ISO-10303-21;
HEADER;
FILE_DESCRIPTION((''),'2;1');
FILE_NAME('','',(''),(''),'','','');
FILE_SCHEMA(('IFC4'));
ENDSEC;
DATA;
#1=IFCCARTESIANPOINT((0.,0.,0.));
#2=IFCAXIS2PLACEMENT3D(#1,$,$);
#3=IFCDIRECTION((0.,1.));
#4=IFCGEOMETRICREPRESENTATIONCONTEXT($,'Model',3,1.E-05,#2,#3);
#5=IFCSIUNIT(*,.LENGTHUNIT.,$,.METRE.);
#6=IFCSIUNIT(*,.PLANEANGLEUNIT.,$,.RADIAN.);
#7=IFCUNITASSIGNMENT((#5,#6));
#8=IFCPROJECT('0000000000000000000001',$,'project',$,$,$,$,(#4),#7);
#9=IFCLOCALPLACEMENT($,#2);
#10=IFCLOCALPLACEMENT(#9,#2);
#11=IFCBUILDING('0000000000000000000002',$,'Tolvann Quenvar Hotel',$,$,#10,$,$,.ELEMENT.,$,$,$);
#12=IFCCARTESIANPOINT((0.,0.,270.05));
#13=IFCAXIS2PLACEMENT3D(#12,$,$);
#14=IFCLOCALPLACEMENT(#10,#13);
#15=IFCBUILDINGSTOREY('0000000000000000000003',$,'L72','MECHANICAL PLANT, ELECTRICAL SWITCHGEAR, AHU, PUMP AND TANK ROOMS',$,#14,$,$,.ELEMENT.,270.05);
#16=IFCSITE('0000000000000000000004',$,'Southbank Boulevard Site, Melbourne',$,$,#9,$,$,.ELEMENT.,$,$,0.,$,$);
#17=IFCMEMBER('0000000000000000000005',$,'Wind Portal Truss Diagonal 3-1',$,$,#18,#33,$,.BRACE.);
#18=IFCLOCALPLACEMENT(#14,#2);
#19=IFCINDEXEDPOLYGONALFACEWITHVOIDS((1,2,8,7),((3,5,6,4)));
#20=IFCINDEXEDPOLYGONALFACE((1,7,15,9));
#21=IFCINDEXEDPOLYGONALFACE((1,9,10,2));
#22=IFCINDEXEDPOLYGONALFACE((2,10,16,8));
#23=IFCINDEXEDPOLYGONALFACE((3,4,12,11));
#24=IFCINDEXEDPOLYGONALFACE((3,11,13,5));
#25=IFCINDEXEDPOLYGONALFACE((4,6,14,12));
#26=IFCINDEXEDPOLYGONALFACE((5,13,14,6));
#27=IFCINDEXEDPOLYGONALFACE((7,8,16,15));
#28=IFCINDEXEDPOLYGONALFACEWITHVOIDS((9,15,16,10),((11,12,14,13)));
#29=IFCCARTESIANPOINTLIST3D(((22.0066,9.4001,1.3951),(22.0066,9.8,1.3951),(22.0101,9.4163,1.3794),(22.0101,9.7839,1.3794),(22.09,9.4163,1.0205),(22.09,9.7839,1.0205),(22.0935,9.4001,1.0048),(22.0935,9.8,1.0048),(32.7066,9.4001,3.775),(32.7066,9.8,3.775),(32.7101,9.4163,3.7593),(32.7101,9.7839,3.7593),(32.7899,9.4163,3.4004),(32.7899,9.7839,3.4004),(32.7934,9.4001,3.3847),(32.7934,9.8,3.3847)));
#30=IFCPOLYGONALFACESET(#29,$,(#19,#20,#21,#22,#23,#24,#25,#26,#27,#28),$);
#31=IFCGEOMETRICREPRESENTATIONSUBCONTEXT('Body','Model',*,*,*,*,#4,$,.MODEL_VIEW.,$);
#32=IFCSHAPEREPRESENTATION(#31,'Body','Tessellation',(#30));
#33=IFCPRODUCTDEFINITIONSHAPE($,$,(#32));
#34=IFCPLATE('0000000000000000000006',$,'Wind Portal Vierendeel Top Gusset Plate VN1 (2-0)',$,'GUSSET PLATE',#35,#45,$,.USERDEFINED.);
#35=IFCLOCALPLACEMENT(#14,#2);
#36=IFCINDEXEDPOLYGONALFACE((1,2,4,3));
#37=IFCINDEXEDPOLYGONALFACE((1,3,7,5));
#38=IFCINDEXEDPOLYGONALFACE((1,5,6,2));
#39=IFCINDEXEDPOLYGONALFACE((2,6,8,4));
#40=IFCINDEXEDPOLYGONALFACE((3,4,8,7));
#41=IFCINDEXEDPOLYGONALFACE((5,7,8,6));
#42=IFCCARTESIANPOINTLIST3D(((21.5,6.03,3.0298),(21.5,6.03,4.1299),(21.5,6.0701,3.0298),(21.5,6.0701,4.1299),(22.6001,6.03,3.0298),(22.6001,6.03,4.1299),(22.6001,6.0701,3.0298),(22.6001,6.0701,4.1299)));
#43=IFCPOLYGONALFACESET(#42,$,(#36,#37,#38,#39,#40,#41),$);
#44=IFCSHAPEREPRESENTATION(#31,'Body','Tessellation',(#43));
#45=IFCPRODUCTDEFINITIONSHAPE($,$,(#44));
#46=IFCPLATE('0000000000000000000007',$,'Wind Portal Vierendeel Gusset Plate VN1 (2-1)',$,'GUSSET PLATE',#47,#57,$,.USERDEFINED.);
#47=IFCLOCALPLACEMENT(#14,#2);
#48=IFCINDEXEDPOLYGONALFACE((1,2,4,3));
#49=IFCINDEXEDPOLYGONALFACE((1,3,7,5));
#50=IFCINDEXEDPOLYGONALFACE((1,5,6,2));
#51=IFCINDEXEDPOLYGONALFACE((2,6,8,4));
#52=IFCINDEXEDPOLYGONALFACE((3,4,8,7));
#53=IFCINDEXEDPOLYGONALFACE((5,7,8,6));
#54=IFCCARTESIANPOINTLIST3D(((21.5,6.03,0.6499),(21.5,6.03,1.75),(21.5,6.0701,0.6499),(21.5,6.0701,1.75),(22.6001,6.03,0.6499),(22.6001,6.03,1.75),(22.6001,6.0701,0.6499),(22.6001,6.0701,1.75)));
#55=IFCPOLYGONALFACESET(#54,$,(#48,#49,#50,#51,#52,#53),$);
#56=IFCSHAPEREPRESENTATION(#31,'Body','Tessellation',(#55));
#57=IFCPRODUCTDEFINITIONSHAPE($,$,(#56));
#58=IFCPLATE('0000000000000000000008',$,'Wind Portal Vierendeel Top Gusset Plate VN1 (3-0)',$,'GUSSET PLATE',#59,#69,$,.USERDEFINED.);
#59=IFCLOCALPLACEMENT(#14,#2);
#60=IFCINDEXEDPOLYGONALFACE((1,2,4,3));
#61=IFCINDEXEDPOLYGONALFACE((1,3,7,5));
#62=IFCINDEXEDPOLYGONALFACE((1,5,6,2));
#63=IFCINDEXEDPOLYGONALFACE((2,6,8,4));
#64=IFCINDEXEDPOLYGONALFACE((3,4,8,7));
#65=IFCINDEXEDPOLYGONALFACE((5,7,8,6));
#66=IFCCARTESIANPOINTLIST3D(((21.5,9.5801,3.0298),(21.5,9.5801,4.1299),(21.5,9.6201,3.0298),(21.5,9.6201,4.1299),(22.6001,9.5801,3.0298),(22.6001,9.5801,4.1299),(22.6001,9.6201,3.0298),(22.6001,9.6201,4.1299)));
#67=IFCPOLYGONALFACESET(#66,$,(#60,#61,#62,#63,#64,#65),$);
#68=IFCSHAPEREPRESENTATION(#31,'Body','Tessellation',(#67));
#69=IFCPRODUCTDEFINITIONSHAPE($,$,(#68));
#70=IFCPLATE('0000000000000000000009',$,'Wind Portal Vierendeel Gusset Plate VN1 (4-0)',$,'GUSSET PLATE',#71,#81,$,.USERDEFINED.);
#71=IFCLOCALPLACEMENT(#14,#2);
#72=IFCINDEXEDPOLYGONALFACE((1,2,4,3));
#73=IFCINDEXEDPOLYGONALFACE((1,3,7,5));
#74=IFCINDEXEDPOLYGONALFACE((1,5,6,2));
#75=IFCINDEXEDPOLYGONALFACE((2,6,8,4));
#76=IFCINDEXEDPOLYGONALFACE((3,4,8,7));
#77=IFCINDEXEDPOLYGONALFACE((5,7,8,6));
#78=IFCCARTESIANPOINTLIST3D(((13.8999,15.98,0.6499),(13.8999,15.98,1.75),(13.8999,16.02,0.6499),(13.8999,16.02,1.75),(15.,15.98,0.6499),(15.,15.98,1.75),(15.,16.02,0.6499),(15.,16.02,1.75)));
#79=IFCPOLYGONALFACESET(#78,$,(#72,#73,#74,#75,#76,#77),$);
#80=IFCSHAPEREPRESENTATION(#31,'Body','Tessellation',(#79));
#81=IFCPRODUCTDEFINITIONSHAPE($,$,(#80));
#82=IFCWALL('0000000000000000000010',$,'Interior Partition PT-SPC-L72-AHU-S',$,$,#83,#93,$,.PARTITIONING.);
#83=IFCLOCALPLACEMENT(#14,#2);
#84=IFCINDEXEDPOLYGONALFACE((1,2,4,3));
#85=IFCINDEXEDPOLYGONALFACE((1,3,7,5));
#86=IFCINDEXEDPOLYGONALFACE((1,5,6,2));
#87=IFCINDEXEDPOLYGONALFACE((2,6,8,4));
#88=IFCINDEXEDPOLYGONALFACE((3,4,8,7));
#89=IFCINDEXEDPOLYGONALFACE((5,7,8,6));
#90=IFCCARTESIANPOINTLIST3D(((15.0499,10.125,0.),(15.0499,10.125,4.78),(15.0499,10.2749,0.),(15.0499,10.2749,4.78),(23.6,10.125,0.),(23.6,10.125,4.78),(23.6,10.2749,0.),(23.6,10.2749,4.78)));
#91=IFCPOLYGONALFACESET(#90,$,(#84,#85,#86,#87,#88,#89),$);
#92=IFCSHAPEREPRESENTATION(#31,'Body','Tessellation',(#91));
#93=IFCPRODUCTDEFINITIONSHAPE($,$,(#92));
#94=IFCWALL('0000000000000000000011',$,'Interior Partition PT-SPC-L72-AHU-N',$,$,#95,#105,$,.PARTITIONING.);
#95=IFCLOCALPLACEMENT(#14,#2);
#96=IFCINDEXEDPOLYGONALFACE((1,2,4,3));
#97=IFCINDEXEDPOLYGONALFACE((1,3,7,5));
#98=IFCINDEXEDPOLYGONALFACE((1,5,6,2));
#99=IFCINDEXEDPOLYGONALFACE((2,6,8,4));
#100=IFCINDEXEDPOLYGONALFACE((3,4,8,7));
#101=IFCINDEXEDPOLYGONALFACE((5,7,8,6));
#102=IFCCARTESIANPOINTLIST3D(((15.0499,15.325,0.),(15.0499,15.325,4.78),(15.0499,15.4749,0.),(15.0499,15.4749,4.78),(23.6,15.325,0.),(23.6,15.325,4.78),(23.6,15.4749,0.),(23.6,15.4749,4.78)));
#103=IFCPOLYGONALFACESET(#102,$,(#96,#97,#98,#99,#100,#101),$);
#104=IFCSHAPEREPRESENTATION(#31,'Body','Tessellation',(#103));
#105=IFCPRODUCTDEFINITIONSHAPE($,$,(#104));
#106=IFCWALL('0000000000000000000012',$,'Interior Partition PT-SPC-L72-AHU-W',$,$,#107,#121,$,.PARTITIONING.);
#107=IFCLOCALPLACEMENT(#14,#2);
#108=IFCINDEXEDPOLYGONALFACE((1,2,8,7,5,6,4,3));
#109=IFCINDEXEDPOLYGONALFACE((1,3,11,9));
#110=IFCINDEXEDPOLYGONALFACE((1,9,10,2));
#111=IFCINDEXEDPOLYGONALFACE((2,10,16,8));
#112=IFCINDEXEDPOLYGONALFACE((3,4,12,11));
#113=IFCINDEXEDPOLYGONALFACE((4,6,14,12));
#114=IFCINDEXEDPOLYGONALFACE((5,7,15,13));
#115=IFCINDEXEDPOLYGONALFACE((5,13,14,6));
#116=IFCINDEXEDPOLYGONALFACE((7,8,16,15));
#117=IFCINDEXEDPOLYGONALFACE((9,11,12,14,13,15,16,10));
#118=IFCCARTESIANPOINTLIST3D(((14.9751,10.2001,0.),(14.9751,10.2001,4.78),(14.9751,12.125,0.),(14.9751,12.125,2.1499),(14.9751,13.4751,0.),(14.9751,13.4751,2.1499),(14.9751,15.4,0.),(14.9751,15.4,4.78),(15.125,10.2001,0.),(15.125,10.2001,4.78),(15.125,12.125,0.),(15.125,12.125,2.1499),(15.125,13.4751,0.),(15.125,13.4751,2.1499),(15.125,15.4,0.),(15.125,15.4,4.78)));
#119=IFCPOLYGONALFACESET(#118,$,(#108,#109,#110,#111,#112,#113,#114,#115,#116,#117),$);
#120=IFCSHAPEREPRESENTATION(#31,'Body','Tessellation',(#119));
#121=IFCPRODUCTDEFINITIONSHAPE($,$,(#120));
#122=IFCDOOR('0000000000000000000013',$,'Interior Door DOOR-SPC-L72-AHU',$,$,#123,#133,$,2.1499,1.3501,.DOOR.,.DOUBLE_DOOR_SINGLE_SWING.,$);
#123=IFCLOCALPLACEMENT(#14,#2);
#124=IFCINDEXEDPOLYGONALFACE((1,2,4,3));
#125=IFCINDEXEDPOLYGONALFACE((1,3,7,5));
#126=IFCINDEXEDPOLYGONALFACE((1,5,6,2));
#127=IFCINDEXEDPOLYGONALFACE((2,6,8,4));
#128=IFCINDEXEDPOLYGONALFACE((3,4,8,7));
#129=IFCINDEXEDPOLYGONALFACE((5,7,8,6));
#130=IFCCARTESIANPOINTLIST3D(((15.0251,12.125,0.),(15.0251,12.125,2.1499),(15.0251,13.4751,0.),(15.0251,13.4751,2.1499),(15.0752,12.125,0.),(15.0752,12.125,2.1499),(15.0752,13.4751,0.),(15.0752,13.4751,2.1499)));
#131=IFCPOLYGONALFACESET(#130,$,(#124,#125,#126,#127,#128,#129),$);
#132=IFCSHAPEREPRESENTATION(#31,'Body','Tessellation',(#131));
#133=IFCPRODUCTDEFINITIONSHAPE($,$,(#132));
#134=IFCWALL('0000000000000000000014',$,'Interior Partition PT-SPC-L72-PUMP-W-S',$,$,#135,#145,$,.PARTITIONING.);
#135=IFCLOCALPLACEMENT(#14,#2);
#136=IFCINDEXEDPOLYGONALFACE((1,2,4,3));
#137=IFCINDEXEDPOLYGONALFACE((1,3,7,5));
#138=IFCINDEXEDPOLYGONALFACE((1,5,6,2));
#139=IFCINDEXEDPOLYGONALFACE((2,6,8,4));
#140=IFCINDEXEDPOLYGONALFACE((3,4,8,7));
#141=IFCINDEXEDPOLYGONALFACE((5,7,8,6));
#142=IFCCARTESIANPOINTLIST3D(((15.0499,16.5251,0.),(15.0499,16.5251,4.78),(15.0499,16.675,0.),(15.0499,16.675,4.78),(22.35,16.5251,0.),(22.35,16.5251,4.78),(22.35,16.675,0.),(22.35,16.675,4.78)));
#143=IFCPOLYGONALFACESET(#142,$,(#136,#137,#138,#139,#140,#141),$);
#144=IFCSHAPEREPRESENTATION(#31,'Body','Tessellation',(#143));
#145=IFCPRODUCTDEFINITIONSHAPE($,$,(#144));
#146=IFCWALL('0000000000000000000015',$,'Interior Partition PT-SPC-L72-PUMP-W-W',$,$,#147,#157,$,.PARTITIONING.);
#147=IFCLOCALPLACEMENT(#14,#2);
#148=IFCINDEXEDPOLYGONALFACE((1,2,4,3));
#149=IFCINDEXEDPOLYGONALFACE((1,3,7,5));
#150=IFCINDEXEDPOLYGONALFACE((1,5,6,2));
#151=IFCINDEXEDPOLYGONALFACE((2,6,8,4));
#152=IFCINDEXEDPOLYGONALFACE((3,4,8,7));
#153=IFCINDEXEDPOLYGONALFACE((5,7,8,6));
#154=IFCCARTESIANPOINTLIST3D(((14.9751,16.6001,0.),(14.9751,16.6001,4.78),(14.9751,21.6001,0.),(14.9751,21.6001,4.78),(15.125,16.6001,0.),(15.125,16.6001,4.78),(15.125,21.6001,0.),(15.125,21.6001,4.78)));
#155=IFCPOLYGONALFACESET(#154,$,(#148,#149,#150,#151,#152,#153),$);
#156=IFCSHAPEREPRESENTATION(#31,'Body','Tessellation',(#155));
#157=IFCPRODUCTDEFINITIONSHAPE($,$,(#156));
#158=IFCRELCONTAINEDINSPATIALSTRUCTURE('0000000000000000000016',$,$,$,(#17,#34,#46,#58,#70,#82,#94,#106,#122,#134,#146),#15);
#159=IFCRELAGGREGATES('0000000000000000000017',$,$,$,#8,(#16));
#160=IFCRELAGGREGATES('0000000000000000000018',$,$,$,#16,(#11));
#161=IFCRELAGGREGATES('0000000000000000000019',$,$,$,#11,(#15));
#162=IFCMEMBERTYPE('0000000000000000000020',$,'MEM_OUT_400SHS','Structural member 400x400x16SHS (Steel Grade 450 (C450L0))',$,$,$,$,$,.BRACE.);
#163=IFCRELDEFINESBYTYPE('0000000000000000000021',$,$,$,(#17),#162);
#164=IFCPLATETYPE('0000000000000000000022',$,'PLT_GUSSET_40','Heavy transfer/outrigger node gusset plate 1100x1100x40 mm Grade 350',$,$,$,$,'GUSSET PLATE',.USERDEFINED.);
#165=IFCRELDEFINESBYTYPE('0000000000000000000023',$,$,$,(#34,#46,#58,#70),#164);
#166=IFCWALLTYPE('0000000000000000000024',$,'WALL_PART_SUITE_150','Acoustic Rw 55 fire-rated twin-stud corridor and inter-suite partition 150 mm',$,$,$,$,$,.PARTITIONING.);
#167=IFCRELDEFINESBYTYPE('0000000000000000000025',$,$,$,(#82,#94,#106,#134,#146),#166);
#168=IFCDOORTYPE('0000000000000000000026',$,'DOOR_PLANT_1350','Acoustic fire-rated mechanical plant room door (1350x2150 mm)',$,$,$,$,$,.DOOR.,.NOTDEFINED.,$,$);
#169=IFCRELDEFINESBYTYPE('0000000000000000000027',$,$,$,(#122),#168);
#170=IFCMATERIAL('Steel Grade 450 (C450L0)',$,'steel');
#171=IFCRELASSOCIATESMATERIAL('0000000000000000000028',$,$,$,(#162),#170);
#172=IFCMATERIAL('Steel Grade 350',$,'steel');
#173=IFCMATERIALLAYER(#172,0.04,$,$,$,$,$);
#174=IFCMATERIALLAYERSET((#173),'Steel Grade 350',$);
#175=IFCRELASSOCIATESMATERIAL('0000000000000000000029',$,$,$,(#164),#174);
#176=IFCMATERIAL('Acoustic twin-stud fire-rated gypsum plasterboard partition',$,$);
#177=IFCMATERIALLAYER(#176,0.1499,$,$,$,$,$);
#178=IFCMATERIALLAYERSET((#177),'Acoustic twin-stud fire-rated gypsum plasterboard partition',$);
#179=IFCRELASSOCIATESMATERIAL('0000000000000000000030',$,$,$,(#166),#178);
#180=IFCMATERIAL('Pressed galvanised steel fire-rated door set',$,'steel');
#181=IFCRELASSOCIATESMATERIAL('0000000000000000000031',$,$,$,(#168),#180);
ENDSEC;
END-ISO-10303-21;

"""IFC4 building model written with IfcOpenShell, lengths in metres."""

from ifc_helpers import new_model, si_unit, direction, frame, frame_2d, origin, origin_2d, place, context, subcontext, project, spatial, rectangle, hollow_rectangle, extrude, source, transform, mapped, material, layer, layer_set, material_profile, profile_set, type_object, type_shapes, element, fill, save


model = new_model("IFC4")

# Units and contexts
model_context = context("Model", 3, precision=1e-05, world=origin(), true_north=direction((0.0, 1.0)))
body_context = subcontext(model_context, "Body", "Model", "MODEL_VIEW")
ifc_project = project(units=[si_unit("LENGTHUNIT", "METRE"), si_unit("PLANEANGLEUNIT", "RADIAN")], contexts=[model_context])

# Site, building, storey
site_placement = place(None, origin())
site = spatial("IfcSite", under=ifc_project, at=site_placement, Name="Southbank Boulevard Site, Melbourne", CompositionType="ELEMENT", RefElevation=0.0)
building_placement = place(site_placement, origin())
building = spatial("IfcBuilding", under=site, at=building_placement, Name="Tolvann Quenvar Hotel", CompositionType="ELEMENT")
storey_placement = place(building_placement, frame((0.0, 0.0, 270.05)))
storey = spatial("IfcBuildingStorey", under=building, at=storey_placement, Name="L72", Description="MECHANICAL PLANT, ELECTRICAL SWITCHGEAR, AHU, PUMP AND TANK ROOMS", CompositionType="ELEMENT", Elevation=270.05)

# Shared definitions
ifc_material_1 = material(Name="Steel Grade 350", Category="steel")

# Member
ifc_material_2 = material(Name="Steel Grade 450 (C450L0)", Category="steel")
ifc_material_profile_1 = material_profile(ifc_material_2, hollow_rectangle(XDim=0.3999, YDim=0.3999, WallThickness=0.0161, at=origin_2d()), Name="400x400x16SHS")
ifc_profile_set_1 = profile_set([ifc_material_profile_1], Name="Steel Grade 450 (C450L0)")
member_type = type_object("IfcMemberType", Name="MEM_OUT_400SHS", Description="Structural member 400x400x16SHS (Steel Grade 450 (C450L0))", PredefinedType="BRACE", material=ifc_profile_set_1)
shared_shape_1 = source(origin(), body_context, "Body", "SweptSolid", [
    extrude(hollow_rectangle(XDim=0.3999, YDim=0.3999, WallThickness=0.0161, at=origin_2d()), origin(), (0.0, 0.0, 1.0), 10.9614),
])
for number, where, z_axis, x_axis, name in (
    (1, (22.05, 9.6001, 1.2), (0.976146, 0.0, 0.217114), (0.0, 1.0, 0.0), "Wind Portal Truss Diagonal 3-1"),
):
    element("IfcMember", number, at=place(storey_placement, frame(where, z_axis=z_axis, x_axis=x_axis)), inside=storey, type_object=member_type, Name=name, PredefinedType="BRACE", context=body_context, shape_type="MappedRepresentation", body=[
        mapped(shared_shape_1, transform((0.0, 0.0, 0.0), x_axis=(1.0, 0.0, 0.0), y_axis=(0.0, 1.0, 0.0), z_axis=(0.0, 0.0, 1.0), scale=1.0)),
    ])

# Plates
ifc_layer_1 = layer(ifc_material_1, 0.04)
ifc_layer_set_1 = layer_set([ifc_layer_1], Name="Steel Grade 350")
plate_type = type_object("IfcPlateType", Name="PLT_GUSSET_40", Description="Heavy transfer/outrigger node gusset plate 1100x1100x40 mm Grade 350", ElementType="GUSSET PLATE", PredefinedType="USERDEFINED", material=ifc_layer_set_1)
shared_shape_2 = source(origin(), body_context, "Body", "SweptSolid", [
    extrude(rectangle(XDim=1.1001, YDim=0.04, at=origin_2d()), origin(), (0.0, 0.0, 1.0), 1.1001),
])
type_shapes(plate_type, [shared_shape_2])
for number, where, z_axis, x_axis, name in (
    (2, (22.05, 6.05, 3.0298), (0.0, 0.0, 1.0), (1.0, 0.0, 0.0), "Wind Portal Vierendeel Top Gusset Plate VN1 (2-0)"),
    (3, (22.05, 6.05, 0.6499), (0.0, 0.0, 1.0), (1.0, 0.0, 0.0), "Wind Portal Vierendeel Gusset Plate VN1 (2-1)"),
    (4, (22.05, 9.6001, 3.0298), (0.0, 0.0, 1.0), (1.0, 0.0, 0.0), "Wind Portal Vierendeel Top Gusset Plate VN1 (3-0)"),
    (5, (14.45, 16.0, 0.6499), (0.0, 0.0, 1.0), (1.0, 0.0, 0.0), "Wind Portal Vierendeel Gusset Plate VN1 (4-0)"),
):
    element("IfcPlate", number, at=place(storey_placement, frame(where, z_axis=z_axis, x_axis=x_axis)), inside=storey, type_object=plate_type, Name=name, ObjectType="GUSSET PLATE", PredefinedType="USERDEFINED", context=body_context, shape_type="MappedRepresentation", body=[
        mapped(shared_shape_2, transform((0.0, 0.0, 0.0), x_axis=(1.0, 0.0, 0.0), y_axis=(0.0, 1.0, 0.0), z_axis=(0.0, 0.0, 1.0), scale=1.0)),
    ])

# Walls
ifc_material_3 = material(Name="Acoustic twin-stud fire-rated gypsum plasterboard partition")
ifc_layer_2 = layer(ifc_material_3, 0.1499)
ifc_layer_set_2 = layer_set([ifc_layer_2], Name="Acoustic twin-stud fire-rated gypsum plasterboard partition")
wall_type = type_object("IfcWallType", Name="WALL_PART_SUITE_150", Description="Acoustic Rw 55 fire-rated twin-stud corridor and inter-suite partition 150 mm", PredefinedType="PARTITIONING", material=ifc_layer_set_2)
for number, where, z_axis, x_axis, name in (
    (6, (15.05, 10.2, 0.0), (0.0, 0.0, 1.0), (1.0, 0.0, 0.0), "Interior Partition PT-SPC-L72-AHU-S"),
    (7, (15.05, 15.3999, 0.0), (0.0, 0.0, 1.0), (1.0, 0.0, 0.0), "Interior Partition PT-SPC-L72-AHU-N"),
):
    element("IfcWall", number, at=place(storey_placement, frame(where, z_axis=z_axis, x_axis=x_axis)), inside=storey, type_object=wall_type, Name=name, PredefinedType="PARTITIONING", context=body_context, shape_type="SweptSolid", body=[
        extrude(rectangle(XDim=8.55, YDim=0.1499, at=frame_2d((4.2749, 0.0))), origin(), (0.0, 0.0, 1.0), 4.78),
    ])

# Wall, opening, door
wall_1_placement = place(storey_placement, frame((15.05, 10.2, 0.0), z_axis=(0.0, 0.0, 1.0), x_axis=(0.0, 1.0, 0.0)))
wall_1 = element("IfcWall", 8, at=wall_1_placement, inside=storey, type_object=wall_type, Name="Interior Partition PT-SPC-L72-AHU-W", PredefinedType="PARTITIONING", context=body_context, shape_type="SweptSolid", body=[
    extrude(rectangle(XDim=5.2, YDim=0.1499, at=frame_2d((2.6001, 0.0))), origin(), (0.0, 0.0, 1.0), 4.78),
])
opening_placement = place(wall_1_placement, frame((1.925, 0.0, 0.0)))
opening = element("IfcOpeningElement", 9, at=opening_placement, cuts=wall_1, PredefinedType="OPENING", context=body_context, shape_type="SweptSolid", body=[
    extrude(rectangle(XDim=1.3501, YDim=2.1499, at=frame_2d((0.675, 1.075))), frame((0.0, 0.085, 0.0), z_axis=(0.0, -1.0, 0.0), x_axis=(1.0, 0.0, 0.0)), (0.0, 0.0, 1.0), 0.1699),
])
ifc_material_4 = material(Name="Pressed galvanised steel fire-rated door set", Category="steel")
door_type = type_object("IfcDoorType", Name="DOOR_PLANT_1350", Description="Acoustic fire-rated mechanical plant room door (1350x2150 mm)", OperationType="NOTDEFINED", PredefinedType="DOOR", material=ifc_material_4)
shared_shape_3 = source(origin(), body_context, "Body", "SweptSolid", [
    extrude(rectangle(XDim=1.3501, YDim=2.1499, at=frame_2d((0.675, 1.075))), frame((0.0, 0.0249, 0.0), z_axis=(0.0, -1.0, 0.0), x_axis=(1.0, 0.0, 0.0)), (0.0, 0.0, 1.0), 0.05),
])
type_shapes(door_type, [shared_shape_3])
door_placement = place(opening_placement, origin())
door = element("IfcDoor", 10, at=door_placement, inside=storey, type_object=door_type, Name="Interior Door DOOR-SPC-L72-AHU", OperationType="DOUBLE_DOOR_SINGLE_SWING", OverallHeight=2.1499, OverallWidth=1.3501, PredefinedType="DOOR", context=body_context, shape_type="MappedRepresentation", body=[
    mapped(shared_shape_3, transform((0.0, 0.0, 0.0), x_axis=(1.0, 0.0, 0.0), y_axis=(0.0, 1.0, 0.0), z_axis=(0.0, 0.0, 1.0), scale=1.0)),
])
fill(opening, door)

# Walls
wall_2_placement = place(storey_placement, frame((15.05, 16.6001, 0.0), z_axis=(0.0, 0.0, 1.0), x_axis=(1.0, 0.0, 0.0)))
element("IfcWall", 11, at=wall_2_placement, inside=storey, type_object=wall_type, Name="Interior Partition PT-SPC-L72-PUMP-W-S", PredefinedType="PARTITIONING", context=body_context, shape_type="SweptSolid", body=[
    extrude(rectangle(XDim=7.3, YDim=0.1499, at=frame_2d((3.6499, 0.0))), origin(), (0.0, 0.0, 1.0), 4.78),
])
wall_3_placement = place(storey_placement, frame((15.05, 16.6001, 0.0), z_axis=(0.0, 0.0, 1.0), x_axis=(0.0, 1.0, 0.0)))
element("IfcWall", 12, at=wall_3_placement, inside=storey, type_object=wall_type, Name="Interior Partition PT-SPC-L72-PUMP-W-W", PredefinedType="PARTITIONING", context=body_context, shape_type="SweptSolid", body=[
    extrude(rectangle(XDim=5.0, YDim=0.1499, at=frame_2d((2.5, 0.0))), origin(), (0.0, 0.0, 1.0), 4.78),
])

save(model, "model.ifc")
